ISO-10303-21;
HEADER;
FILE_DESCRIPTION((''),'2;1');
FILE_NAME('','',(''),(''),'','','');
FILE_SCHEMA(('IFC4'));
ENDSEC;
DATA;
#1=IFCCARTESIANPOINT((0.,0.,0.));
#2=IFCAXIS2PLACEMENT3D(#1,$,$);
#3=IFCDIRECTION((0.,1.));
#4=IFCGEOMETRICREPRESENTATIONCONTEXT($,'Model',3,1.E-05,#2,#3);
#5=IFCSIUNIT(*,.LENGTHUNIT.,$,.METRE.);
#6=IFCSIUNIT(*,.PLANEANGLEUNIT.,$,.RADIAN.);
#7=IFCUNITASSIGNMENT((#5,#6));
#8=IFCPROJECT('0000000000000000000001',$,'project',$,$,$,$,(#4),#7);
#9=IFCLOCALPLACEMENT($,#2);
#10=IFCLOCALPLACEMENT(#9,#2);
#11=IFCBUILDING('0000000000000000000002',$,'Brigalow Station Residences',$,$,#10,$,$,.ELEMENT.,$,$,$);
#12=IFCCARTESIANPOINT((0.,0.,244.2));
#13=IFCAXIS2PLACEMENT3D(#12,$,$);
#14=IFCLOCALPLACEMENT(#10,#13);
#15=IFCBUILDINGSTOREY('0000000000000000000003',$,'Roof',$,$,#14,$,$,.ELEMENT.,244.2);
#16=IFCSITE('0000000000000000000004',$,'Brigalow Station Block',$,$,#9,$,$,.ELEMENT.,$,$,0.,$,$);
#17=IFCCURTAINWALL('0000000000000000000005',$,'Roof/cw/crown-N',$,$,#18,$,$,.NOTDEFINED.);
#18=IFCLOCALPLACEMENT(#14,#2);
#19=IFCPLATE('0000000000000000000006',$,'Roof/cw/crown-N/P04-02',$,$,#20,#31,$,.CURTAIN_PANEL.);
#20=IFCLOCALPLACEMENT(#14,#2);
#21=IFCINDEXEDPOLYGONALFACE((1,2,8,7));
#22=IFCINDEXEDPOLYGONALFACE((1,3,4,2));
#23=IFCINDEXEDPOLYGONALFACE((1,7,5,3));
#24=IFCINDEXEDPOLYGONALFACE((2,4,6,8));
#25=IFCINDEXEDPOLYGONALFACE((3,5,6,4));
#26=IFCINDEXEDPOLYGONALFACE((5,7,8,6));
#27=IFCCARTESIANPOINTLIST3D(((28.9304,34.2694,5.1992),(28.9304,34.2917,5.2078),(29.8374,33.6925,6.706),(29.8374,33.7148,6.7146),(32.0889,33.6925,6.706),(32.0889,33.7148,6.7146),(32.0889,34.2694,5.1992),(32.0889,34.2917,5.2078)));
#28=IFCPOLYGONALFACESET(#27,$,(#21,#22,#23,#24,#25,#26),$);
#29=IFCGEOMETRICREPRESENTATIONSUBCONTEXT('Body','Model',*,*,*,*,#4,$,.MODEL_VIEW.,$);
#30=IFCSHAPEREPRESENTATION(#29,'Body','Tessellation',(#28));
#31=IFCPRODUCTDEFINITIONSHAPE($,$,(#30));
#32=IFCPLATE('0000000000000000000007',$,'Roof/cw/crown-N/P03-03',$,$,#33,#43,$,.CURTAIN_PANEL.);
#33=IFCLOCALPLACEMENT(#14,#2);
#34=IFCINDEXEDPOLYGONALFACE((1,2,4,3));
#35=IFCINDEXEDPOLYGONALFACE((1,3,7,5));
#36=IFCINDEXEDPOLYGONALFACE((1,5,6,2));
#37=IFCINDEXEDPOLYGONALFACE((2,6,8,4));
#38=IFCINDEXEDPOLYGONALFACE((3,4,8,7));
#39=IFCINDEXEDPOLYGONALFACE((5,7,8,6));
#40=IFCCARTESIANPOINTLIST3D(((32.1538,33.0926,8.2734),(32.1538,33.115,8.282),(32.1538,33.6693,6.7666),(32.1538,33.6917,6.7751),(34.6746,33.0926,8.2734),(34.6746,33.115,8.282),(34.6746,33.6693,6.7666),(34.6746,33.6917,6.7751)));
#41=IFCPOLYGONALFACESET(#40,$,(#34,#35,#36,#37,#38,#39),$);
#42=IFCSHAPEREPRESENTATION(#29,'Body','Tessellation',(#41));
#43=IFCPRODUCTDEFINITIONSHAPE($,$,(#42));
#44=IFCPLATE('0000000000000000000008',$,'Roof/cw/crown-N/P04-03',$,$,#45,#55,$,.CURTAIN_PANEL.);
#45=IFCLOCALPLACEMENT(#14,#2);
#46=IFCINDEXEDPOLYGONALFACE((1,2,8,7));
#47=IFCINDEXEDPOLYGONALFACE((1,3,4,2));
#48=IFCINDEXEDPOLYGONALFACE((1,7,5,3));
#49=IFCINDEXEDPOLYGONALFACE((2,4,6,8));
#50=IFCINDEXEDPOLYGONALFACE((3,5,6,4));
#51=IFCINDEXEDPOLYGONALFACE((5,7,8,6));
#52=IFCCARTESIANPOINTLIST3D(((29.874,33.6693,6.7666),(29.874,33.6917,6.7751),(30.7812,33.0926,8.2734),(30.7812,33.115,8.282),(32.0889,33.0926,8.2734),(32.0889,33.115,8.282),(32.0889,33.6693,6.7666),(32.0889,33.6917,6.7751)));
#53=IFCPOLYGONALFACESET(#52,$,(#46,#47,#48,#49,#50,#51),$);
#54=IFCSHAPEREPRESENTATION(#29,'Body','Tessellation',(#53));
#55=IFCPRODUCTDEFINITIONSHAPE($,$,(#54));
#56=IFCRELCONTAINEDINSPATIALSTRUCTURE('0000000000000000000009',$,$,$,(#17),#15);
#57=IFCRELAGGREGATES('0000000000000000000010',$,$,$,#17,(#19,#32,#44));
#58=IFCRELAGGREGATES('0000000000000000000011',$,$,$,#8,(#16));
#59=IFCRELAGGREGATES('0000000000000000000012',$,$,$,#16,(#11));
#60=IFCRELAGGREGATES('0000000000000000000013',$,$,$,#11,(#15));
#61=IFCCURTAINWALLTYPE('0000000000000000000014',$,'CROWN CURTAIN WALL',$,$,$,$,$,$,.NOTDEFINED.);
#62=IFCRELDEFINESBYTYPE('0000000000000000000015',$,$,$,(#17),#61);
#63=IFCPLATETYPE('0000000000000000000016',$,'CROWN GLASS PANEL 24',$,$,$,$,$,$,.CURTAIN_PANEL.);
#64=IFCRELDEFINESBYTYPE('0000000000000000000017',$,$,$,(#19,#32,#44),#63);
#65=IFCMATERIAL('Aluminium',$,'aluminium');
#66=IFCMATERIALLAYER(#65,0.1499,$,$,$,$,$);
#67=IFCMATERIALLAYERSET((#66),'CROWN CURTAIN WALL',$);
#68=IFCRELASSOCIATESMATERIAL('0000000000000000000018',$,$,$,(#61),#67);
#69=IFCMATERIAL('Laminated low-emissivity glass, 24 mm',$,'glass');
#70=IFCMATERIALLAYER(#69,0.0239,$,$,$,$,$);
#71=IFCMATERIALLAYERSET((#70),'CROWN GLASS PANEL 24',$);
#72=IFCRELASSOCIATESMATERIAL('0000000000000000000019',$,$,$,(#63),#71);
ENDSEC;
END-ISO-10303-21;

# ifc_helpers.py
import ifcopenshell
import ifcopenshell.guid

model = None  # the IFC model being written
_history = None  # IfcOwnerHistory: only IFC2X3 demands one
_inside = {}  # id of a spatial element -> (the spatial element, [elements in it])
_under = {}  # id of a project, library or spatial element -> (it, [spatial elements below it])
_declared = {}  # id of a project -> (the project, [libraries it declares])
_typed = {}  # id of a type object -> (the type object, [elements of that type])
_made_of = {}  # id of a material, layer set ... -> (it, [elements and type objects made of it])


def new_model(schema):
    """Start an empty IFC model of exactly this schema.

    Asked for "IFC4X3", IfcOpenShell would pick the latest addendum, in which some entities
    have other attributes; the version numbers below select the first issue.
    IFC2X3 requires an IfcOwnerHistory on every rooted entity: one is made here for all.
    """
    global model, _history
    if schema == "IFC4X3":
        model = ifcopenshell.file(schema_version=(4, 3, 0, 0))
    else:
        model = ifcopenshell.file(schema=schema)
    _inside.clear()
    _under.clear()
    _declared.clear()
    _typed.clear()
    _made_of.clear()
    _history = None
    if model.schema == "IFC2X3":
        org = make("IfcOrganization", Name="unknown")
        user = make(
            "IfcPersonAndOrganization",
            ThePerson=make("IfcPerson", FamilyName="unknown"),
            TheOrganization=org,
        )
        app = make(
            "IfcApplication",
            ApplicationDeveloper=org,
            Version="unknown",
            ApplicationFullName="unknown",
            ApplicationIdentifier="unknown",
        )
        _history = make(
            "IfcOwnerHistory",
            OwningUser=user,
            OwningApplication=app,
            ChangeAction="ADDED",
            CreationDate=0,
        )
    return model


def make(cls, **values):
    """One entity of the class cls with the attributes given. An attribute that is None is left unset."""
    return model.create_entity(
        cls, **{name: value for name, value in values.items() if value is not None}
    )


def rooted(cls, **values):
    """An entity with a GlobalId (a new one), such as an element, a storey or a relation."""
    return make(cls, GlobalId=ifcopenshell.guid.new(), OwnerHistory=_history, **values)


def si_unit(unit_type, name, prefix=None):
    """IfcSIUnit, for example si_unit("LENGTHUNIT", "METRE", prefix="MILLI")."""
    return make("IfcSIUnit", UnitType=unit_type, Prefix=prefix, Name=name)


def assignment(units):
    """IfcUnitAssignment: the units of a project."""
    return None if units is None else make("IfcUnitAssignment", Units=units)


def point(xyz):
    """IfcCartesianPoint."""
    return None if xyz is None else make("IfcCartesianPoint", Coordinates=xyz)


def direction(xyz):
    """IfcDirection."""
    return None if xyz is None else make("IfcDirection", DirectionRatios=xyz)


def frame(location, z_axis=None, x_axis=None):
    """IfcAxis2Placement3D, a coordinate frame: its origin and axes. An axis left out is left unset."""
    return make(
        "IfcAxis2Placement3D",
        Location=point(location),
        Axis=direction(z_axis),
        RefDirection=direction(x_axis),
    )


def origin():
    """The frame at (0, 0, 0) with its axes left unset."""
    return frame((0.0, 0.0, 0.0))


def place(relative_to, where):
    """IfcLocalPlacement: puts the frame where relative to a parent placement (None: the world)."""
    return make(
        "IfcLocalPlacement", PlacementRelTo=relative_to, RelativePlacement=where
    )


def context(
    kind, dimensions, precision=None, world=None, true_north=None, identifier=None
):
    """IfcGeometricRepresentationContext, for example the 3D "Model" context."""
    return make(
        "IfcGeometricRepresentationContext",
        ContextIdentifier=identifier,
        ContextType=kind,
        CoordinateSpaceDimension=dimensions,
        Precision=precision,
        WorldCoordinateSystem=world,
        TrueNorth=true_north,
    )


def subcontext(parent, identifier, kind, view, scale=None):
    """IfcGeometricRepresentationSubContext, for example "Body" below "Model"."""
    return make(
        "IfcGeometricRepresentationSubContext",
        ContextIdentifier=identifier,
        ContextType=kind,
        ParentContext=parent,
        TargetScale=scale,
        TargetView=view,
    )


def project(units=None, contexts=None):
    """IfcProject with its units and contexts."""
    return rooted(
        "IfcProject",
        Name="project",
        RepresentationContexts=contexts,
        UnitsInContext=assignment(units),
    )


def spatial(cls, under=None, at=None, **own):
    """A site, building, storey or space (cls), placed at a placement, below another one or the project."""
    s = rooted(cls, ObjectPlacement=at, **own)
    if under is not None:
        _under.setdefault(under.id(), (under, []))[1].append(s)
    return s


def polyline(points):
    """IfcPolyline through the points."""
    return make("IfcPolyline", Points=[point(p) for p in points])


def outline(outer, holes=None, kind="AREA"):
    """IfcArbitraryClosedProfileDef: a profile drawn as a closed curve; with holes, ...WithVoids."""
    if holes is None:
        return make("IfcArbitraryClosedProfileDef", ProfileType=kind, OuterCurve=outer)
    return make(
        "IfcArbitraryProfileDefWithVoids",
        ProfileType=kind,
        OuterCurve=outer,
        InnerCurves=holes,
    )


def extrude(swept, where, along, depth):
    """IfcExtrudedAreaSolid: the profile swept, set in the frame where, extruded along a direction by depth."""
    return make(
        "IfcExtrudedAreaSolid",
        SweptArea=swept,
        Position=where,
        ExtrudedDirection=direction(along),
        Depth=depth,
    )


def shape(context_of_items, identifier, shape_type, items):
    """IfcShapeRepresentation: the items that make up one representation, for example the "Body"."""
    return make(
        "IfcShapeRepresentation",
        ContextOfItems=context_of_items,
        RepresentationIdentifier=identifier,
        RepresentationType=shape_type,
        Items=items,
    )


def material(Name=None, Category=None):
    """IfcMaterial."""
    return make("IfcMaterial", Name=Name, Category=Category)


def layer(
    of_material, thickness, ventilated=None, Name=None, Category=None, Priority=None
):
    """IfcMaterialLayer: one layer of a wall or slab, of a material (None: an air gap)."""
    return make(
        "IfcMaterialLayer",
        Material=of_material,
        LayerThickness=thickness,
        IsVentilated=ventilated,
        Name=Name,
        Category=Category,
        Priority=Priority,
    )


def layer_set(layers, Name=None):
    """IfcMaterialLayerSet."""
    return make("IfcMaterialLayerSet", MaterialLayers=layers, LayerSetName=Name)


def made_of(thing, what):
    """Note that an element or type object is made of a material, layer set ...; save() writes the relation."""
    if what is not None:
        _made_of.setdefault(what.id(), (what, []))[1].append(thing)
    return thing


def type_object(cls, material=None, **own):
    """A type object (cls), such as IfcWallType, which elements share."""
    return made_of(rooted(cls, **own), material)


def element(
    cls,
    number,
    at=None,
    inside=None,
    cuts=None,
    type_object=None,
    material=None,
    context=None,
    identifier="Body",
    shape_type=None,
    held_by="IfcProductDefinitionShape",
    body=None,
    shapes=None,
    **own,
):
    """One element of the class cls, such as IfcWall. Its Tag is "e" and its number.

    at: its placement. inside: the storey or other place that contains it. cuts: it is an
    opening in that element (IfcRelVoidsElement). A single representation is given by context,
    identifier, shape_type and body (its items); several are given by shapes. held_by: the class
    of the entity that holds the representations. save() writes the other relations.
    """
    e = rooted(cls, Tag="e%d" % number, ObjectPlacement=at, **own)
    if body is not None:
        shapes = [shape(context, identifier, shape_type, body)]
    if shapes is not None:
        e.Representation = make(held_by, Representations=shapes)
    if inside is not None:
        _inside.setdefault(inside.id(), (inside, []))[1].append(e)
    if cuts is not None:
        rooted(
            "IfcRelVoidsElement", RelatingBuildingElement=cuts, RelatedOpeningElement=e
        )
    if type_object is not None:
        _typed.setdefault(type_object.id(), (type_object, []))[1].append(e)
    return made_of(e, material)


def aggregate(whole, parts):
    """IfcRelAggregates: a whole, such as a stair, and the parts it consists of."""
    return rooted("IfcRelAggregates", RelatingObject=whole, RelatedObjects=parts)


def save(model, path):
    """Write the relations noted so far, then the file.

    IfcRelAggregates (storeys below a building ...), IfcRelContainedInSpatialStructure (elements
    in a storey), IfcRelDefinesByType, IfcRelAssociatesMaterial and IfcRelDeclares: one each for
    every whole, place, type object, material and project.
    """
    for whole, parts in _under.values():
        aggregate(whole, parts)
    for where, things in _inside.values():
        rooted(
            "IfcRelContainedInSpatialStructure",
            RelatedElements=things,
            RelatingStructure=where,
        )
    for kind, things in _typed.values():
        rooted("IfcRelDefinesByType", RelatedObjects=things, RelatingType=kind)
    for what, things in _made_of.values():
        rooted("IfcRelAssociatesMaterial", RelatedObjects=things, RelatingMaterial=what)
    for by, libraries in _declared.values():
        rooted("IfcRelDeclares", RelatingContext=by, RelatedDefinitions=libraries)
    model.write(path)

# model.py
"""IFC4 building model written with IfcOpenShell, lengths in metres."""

from ifc_helpers import new_model, si_unit, direction, frame, origin, place, context, subcontext, project, spatial, polyline, outline, extrude, material, layer, layer_set, type_object, element, aggregate, save


model = new_model("IFC4")

# Units and contexts
model_context = context("Model", 3, precision=1e-05, world=origin(), true_north=direction((0.0, 1.0)))
body_context = subcontext(model_context, "Body", "Model", "MODEL_VIEW")
ifc_project = project(units=[si_unit("LENGTHUNIT", "METRE"), si_unit("PLANEANGLEUNIT", "RADIAN")], contexts=[model_context])

# Site, building, storey
site_placement = place(None, origin())
site = spatial("IfcSite", under=ifc_project, at=site_placement, Name="Brigalow Station Block", CompositionType="ELEMENT", RefElevation=0.0)
building_placement = place(site_placement, origin())
building = spatial("IfcBuilding", under=site, at=building_placement, Name="Brigalow Station Residences", CompositionType="ELEMENT")
storey_placement = place(building_placement, frame((0.0, 0.0, 244.2)))
storey = spatial("IfcBuildingStorey", under=building, at=storey_placement, Name="Roof", CompositionType="ELEMENT", Elevation=244.2)

# Curtain wall
ifc_material_1 = material(Name="Aluminium", Category="aluminium")
ifc_layer_1 = layer(ifc_material_1, 0.1499)
ifc_layer_set_1 = layer_set([ifc_layer_1], Name="CROWN CURTAIN WALL")
curtain_wall_type = type_object("IfcCurtainWallType", Name="CROWN CURTAIN WALL", PredefinedType="NOTDEFINED", material=ifc_layer_set_1)
curtain_wall_1_placement = place(storey_placement, origin())
curtain_wall_1 = element("IfcCurtainWall", 1, at=curtain_wall_1_placement, inside=storey, type_object=curtain_wall_type, Name="Roof/cw/crown-N", PredefinedType="NOTDEFINED")

# Plates
ifc_material_2 = material(Name="Laminated low-emissivity glass, 24 mm", Category="glass")
ifc_layer_2 = layer(ifc_material_2, 0.0239)
ifc_layer_set_2 = layer_set([ifc_layer_2], Name="CROWN GLASS PANEL 24")
plate_type = type_object("IfcPlateType", Name="CROWN GLASS PANEL 24", PredefinedType="CURTAIN_PANEL", material=ifc_layer_set_2)
plate_1_placement = place(storey_placement, frame((32.0889, 34.2917, 5.2078), z_axis=(0.0, 0.933894, 0.357549), x_axis=(-1.0, 0.0, 0.0)))
plate_1 = element("IfcPlate", 2, at=plate_1_placement, type_object=plate_type, Name="Roof/cw/crown-N/P04-02", PredefinedType="CURTAIN_PANEL", context=body_context, shape_type="SweptSolid", body=[
    extrude(outline(polyline([(0.0, 0.0), (3.1584, 0.0), (2.2515, 1.6135), (0.0, 1.6135), (0.0, 0.0)])), origin(), (0.0, 0.0, -1.0), 0.0239),
])
plate_2_placement = place(storey_placement, frame((34.6746, 33.6917, 6.7751), z_axis=(0.0, 0.933945, 0.357417), x_axis=(-1.0, 0.0, 0.0)))
plate_2 = element("IfcPlate", 3, at=plate_2_placement, type_object=plate_type, Name="Roof/cw/crown-N/P03-03", PredefinedType="CURTAIN_PANEL", context=body_context, shape_type="SweptSolid", body=[
    extrude(outline(polyline([(0.0, 0.0), (2.5208, 0.0), (2.5208, 1.6134), (0.0, 1.6134), (0.0, 0.0)])), origin(), (0.0, 0.0, -1.0), 0.0239),
])
plate_3_placement = place(storey_placement, frame((32.0889, 33.6917, 6.7751), z_axis=(0.0, 0.933945, 0.357417), x_axis=(-1.0, 0.0, 0.0)))
plate_3 = element("IfcPlate", 4, at=plate_3_placement, type_object=plate_type, Name="Roof/cw/crown-N/P04-03", PredefinedType="CURTAIN_PANEL", context=body_context, shape_type="SweptSolid", body=[
    extrude(outline(polyline([(0.0, 0.0), (2.2148, 0.0), (1.3076, 1.6134), (0.0, 1.6134), (0.0, 0.0)])), origin(), (0.0, 0.0, -1.0), 0.0239),
])
aggregate(curtain_wall_1, [plate_1, plate_2, plate_3])

save(model, "model.ifc")
